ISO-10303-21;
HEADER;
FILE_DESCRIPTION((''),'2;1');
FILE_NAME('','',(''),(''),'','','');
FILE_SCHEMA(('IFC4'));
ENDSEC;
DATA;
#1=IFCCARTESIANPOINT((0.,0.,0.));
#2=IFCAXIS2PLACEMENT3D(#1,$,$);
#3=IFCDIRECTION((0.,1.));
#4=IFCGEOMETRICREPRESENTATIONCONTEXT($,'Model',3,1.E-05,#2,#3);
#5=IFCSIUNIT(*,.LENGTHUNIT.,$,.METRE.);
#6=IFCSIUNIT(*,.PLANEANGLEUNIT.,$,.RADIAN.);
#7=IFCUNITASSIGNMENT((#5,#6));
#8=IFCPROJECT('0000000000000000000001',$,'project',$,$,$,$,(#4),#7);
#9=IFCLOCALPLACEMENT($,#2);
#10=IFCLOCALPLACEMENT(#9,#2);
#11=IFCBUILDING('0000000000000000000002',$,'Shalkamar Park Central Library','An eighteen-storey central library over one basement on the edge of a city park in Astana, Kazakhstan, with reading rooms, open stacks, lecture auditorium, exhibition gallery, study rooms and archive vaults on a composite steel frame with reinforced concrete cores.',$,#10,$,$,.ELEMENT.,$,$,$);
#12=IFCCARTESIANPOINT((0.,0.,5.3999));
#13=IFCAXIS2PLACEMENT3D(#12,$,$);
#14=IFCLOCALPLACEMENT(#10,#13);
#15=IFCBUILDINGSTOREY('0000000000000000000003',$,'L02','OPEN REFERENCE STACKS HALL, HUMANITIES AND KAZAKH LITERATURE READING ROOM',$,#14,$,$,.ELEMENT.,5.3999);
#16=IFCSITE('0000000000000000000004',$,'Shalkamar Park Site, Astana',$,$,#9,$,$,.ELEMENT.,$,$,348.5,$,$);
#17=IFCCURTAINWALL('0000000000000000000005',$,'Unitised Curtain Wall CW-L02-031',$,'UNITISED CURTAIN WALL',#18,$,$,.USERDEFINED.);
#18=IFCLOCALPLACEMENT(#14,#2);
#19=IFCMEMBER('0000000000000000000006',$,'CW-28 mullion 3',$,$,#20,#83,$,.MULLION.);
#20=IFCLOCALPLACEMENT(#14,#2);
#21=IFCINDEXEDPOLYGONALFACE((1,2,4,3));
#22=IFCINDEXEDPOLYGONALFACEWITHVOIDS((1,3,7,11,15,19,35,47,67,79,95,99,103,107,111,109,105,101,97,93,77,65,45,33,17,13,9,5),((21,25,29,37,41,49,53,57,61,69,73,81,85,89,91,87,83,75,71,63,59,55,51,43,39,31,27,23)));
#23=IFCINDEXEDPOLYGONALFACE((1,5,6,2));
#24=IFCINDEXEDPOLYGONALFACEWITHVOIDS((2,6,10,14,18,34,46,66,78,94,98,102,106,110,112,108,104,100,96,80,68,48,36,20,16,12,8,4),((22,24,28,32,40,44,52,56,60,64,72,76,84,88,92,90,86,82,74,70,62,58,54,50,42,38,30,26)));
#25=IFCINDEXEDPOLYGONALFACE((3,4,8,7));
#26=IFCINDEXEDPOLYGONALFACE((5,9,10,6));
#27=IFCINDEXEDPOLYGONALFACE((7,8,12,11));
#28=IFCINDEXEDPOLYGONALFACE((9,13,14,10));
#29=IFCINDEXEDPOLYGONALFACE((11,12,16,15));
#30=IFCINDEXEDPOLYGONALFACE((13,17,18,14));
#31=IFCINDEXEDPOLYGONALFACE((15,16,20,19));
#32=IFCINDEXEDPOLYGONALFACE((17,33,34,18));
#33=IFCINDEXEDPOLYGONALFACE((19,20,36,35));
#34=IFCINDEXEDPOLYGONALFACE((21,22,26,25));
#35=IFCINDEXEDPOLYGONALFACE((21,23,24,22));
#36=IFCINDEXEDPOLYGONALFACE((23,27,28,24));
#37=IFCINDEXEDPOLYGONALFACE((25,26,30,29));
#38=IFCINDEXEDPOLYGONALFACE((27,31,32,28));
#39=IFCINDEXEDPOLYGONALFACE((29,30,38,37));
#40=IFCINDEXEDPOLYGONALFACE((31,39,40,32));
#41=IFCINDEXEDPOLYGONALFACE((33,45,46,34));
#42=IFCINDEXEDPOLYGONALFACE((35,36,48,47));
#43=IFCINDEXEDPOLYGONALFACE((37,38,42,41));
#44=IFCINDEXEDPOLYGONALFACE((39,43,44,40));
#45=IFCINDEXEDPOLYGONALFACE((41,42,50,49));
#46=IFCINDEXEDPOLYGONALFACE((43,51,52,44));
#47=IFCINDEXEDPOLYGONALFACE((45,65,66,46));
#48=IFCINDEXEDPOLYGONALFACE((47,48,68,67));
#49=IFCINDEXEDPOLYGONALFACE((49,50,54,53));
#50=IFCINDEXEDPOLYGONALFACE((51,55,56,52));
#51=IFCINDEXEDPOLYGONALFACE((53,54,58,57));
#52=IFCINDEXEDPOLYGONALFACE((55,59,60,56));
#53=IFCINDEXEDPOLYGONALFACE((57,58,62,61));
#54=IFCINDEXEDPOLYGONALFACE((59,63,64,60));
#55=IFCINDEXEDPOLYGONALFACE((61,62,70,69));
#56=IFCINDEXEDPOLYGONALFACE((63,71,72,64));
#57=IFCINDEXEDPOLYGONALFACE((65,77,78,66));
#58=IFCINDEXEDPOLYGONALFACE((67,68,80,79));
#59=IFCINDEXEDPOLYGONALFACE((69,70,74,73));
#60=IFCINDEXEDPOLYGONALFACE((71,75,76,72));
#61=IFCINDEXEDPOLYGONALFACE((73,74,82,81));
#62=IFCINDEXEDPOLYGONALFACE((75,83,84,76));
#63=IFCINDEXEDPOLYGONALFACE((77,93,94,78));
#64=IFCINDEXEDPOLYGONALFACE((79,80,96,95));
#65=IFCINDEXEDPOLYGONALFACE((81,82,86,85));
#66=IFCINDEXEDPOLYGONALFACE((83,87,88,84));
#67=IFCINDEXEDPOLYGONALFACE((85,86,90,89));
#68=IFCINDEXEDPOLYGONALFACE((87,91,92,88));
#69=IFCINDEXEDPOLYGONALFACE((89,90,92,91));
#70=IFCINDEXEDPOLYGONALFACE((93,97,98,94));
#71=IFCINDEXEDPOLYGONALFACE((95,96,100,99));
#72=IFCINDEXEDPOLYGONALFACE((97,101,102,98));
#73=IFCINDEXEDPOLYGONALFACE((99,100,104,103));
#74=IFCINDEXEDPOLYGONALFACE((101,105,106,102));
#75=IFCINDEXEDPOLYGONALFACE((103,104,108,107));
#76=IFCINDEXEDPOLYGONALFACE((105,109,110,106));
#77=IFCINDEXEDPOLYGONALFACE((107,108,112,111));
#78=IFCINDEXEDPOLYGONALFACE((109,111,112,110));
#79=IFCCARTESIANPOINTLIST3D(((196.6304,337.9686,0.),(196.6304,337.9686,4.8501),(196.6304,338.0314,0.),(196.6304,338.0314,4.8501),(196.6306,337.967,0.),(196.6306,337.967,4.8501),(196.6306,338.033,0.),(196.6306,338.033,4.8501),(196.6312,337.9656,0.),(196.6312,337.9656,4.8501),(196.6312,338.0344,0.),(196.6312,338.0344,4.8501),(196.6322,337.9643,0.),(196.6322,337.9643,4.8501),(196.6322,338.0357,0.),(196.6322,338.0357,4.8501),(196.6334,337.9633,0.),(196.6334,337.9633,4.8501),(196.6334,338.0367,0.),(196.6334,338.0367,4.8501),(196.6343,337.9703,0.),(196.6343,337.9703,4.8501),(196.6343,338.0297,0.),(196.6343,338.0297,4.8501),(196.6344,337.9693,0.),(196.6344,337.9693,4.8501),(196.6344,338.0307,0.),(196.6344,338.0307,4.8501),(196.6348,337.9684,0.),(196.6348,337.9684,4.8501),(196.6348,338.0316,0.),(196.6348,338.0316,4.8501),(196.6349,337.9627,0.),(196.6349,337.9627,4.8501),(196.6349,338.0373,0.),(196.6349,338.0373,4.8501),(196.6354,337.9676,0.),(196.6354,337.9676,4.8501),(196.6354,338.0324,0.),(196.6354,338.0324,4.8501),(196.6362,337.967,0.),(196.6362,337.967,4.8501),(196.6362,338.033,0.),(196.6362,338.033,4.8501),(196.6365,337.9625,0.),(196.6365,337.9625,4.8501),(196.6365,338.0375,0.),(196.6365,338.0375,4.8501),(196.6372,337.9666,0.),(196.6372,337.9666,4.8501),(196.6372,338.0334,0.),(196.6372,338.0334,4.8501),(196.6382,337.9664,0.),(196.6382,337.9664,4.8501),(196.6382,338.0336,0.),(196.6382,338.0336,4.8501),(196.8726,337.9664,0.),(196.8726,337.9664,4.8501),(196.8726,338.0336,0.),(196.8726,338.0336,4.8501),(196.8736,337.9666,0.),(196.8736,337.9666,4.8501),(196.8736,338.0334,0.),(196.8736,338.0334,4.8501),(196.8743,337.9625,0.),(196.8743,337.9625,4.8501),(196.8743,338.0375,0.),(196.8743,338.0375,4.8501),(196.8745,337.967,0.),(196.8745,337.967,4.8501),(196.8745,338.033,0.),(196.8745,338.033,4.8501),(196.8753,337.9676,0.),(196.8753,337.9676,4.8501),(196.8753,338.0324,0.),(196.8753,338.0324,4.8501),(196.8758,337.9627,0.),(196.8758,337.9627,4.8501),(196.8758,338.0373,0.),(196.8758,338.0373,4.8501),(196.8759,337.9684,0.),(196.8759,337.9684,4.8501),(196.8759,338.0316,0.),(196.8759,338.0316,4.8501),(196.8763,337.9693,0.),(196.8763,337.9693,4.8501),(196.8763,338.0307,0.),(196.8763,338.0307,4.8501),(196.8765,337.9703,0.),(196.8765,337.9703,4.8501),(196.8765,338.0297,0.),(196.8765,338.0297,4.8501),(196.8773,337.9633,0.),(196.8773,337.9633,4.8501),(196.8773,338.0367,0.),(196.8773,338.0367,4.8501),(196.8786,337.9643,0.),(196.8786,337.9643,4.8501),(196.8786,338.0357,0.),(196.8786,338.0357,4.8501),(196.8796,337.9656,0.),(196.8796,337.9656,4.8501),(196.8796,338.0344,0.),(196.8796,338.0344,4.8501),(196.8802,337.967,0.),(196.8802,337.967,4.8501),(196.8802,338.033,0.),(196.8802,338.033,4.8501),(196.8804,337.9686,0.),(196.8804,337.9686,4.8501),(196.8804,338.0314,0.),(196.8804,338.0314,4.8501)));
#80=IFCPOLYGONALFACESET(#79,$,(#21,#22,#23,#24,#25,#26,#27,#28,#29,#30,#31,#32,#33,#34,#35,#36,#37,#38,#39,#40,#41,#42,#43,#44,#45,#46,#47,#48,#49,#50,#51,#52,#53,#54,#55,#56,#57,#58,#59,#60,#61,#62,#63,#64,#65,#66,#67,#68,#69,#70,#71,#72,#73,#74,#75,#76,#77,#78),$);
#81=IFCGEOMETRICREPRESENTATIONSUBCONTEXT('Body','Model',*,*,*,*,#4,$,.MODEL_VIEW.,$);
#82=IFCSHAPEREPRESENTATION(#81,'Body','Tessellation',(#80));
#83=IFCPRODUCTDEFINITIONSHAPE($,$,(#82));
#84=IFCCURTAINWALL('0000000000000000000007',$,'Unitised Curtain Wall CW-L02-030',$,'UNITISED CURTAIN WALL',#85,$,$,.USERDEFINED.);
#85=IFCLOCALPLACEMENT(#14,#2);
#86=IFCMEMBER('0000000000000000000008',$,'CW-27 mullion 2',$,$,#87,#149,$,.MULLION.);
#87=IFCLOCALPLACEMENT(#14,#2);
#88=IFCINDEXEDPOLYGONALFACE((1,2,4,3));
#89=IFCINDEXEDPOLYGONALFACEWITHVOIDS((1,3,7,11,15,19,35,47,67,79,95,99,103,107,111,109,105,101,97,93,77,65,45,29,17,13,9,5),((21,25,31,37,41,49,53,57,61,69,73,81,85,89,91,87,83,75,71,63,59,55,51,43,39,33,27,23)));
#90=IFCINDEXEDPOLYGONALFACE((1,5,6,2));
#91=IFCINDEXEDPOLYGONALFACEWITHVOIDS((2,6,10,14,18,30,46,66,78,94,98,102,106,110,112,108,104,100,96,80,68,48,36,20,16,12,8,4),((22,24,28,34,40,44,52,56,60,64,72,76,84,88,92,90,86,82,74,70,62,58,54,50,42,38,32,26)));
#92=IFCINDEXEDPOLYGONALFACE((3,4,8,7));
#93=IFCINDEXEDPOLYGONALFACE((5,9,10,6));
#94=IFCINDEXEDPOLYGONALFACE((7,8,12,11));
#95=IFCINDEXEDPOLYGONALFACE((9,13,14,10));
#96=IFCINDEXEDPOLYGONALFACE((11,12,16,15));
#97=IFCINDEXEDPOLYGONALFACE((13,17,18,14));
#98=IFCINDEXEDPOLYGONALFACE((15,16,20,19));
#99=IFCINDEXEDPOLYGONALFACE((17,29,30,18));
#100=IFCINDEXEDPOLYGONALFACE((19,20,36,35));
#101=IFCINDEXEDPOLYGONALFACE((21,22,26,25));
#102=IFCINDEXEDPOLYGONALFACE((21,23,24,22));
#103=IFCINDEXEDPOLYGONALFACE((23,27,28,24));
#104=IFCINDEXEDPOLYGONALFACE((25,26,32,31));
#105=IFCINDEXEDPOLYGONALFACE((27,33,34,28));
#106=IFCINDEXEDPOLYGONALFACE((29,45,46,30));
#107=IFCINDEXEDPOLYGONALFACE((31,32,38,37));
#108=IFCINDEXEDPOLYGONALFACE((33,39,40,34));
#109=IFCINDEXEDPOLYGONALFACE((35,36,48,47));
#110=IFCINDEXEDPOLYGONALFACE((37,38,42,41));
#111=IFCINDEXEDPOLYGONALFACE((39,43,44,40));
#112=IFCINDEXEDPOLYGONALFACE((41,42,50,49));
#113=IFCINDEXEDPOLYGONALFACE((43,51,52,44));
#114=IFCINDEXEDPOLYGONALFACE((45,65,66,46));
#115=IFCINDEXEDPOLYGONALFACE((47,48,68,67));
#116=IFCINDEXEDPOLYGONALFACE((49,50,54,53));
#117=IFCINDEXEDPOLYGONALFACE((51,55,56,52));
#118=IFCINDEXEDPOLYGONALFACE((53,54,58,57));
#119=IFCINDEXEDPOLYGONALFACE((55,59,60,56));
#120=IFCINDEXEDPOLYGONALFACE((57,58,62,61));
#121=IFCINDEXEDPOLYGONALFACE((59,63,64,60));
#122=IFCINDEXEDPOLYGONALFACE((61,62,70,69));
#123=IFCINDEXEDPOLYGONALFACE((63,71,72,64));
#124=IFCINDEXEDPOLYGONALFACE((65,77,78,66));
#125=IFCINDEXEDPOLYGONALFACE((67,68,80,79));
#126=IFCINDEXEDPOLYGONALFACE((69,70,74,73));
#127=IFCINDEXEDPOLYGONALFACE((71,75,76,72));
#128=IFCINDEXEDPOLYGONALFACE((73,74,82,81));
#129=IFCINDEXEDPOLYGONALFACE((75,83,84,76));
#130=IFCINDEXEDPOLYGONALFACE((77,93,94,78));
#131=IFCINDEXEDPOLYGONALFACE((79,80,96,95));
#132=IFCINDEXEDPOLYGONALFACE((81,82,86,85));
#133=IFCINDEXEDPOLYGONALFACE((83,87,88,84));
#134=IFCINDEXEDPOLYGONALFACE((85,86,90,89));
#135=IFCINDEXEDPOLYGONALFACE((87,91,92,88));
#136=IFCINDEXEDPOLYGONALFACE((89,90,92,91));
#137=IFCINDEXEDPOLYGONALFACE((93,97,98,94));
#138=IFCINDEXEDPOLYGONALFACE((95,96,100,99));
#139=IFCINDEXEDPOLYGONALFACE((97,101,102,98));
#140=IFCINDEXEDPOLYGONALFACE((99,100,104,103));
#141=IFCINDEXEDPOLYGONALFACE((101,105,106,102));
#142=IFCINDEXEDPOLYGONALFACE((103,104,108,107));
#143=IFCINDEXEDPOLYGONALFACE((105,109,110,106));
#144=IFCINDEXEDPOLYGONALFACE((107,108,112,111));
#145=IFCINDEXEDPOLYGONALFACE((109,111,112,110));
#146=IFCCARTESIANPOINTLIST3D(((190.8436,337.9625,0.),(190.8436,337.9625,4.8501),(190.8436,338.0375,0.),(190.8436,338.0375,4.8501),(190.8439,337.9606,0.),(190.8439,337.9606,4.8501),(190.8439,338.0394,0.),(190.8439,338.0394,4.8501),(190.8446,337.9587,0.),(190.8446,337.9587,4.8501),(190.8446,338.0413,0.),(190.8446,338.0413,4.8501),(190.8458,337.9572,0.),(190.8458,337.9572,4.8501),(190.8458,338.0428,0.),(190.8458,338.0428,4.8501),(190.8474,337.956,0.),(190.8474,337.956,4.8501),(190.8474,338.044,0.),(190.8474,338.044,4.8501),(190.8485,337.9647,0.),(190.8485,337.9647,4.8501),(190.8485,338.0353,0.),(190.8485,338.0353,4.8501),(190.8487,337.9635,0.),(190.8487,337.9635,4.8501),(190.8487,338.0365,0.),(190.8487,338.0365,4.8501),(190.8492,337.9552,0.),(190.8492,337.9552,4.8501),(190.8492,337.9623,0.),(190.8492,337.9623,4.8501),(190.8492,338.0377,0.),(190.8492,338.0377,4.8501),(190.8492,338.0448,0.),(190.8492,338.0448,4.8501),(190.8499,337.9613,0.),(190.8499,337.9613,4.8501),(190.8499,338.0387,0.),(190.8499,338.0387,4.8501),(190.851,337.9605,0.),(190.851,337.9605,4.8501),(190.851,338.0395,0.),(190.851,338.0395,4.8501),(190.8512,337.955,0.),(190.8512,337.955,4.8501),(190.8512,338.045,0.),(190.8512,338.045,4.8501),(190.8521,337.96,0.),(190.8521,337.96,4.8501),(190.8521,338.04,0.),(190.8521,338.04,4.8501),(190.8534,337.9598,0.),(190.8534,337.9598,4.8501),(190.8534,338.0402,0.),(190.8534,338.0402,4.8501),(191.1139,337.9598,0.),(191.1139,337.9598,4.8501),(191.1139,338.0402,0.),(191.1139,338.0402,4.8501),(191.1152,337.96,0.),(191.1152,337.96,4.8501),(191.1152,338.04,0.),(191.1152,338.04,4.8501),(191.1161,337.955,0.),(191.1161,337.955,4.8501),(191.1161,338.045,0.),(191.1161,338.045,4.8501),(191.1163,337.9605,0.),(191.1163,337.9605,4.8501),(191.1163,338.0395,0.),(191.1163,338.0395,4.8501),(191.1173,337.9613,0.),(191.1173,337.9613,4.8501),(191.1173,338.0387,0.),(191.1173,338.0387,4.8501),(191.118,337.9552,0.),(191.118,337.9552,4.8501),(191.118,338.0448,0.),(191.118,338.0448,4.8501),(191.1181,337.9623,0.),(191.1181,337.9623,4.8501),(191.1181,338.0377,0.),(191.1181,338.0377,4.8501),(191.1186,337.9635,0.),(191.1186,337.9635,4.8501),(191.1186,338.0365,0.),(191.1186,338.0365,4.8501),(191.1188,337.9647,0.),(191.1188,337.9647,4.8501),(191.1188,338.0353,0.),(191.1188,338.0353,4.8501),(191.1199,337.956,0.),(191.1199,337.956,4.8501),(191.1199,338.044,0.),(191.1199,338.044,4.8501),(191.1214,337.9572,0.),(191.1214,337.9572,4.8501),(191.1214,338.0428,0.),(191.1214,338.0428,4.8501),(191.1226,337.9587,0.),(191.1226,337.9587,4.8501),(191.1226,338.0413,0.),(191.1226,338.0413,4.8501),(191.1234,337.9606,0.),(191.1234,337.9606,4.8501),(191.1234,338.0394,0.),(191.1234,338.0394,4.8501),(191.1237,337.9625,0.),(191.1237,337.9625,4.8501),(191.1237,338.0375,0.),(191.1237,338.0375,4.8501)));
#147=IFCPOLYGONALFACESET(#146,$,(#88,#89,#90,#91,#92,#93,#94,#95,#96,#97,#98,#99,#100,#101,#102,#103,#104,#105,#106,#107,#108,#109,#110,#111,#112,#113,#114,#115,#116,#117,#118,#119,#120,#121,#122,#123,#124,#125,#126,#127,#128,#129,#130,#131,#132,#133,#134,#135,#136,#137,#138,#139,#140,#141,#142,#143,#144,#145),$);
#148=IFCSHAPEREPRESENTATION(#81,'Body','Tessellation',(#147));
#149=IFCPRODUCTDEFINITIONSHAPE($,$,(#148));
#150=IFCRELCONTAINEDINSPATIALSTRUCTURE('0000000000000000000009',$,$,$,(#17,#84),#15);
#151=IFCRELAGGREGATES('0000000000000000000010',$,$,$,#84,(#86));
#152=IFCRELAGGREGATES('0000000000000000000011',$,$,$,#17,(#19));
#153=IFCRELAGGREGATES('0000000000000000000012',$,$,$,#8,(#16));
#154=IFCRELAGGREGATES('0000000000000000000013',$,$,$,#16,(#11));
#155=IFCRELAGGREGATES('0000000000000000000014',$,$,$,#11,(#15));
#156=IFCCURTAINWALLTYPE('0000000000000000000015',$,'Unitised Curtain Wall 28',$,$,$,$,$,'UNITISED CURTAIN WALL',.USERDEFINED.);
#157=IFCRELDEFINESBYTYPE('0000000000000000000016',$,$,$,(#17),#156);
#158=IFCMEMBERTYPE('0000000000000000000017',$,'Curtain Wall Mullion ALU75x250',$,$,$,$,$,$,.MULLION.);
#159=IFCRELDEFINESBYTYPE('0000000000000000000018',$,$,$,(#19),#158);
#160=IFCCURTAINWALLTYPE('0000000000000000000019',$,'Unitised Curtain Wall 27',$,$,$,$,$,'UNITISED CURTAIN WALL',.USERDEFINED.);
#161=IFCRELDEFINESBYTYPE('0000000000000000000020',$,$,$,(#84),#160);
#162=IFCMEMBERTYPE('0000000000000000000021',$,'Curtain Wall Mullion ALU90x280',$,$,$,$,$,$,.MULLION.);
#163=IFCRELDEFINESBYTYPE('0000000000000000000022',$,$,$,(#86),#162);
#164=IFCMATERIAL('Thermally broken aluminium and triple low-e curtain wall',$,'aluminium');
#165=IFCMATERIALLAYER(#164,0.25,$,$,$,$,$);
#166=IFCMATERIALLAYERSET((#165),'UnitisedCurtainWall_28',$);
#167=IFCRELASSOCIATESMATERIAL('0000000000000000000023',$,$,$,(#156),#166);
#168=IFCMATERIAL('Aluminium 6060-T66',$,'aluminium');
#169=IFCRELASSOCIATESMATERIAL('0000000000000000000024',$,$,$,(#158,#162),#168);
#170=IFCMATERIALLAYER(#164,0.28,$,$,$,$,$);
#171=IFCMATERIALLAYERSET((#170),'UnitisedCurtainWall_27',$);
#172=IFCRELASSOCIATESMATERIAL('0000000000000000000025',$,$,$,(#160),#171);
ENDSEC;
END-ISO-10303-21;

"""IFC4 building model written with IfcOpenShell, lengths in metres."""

from ifc_helpers import new_model, si_unit, direction, frame, origin, origin_2d, place, context, subcontext, project, spatial, hollow_rectangle, extrude, material, layer, layer_set, material_profile, profile_set, type_object, element, aggregate, save


model = new_model("IFC4")

# Units and contexts
model_context = context("Model", 3, precision=1e-05, world=origin(), true_north=direction((0.0, 1.0)))
body_context = subcontext(model_context, "Body", "Model", "MODEL_VIEW")
ifc_project = project(units=[si_unit("LENGTHUNIT", "METRE"), si_unit("PLANEANGLEUNIT", "RADIAN")], contexts=[model_context])

# Site, building, storey
site_placement = place(None, origin())
site = spatial("IfcSite", under=ifc_project, at=site_placement, Name="Shalkamar Park Site, Astana", CompositionType="ELEMENT", RefElevation=348.5)
building_placement = place(site_placement, origin())
building = spatial("IfcBuilding", under=site, at=building_placement, Name="Shalkamar Park Central Library", Description="An eighteen-storey central library over one basement on the edge of a city park in Astana, Kazakhstan, with reading rooms, open stacks, lecture auditorium, exhibition gallery, study rooms and archive vaults on a composite steel frame with reinforced concrete cores.", CompositionType="ELEMENT")
storey_placement = place(building_placement, frame((0.0, 0.0, 5.3999)))
storey = spatial("IfcBuildingStorey", under=building, at=storey_placement, Name="L02", Description="OPEN REFERENCE STACKS HALL, HUMANITIES AND KAZAKH LITERATURE READING ROOM", CompositionType="ELEMENT", Elevation=5.3999)

# Curtain walls, members
ifc_material_1 = material(Name="Thermally broken aluminium and triple low-e curtain wall", Category="aluminium")
ifc_layer_1 = layer(ifc_material_1, 0.25)
ifc_layer_set_1 = layer_set([ifc_layer_1], Name="UnitisedCurtainWall_28")
curtain_wall_type_1 = type_object("IfcCurtainWallType", Name="Unitised Curtain Wall 28", ElementType="UNITISED CURTAIN WALL", PredefinedType="USERDEFINED", material=ifc_layer_set_1)
curtain_wall_1_placement = place(storey_placement, origin())
curtain_wall_1 = element("IfcCurtainWall", 1, at=curtain_wall_1_placement, inside=storey, type_object=curtain_wall_type_1, Name="Unitised Curtain Wall CW-L02-031", ObjectType="UNITISED CURTAIN WALL", PredefinedType="USERDEFINED")
ifc_material_2 = material(Name="Aluminium 6060-T66", Category="aluminium")
ifc_material_profile_1 = material_profile(ifc_material_2, hollow_rectangle(XDim=0.075, YDim=0.25, WallThickness=0.0039, InnerFilletRadius=0.0039, OuterFilletRadius=0.0061, at=origin_2d()), Name="ALU 75x250x4")
ifc_profile_set_1 = profile_set([ifc_material_profile_1], Name="Aluminium 6060-T66")
member_type_1 = type_object("IfcMemberType", Name="Curtain Wall Mullion ALU75x250", PredefinedType="MULLION", material=ifc_profile_set_1)
member_1_placement = place(storey_placement, frame((196.7554, 338.0, 0.0), z_axis=(0.0, 0.0, 1.0), x_axis=(0.0, 1.0, 0.0)))
member_1 = element("IfcMember", 2, at=member_1_placement, type_object=member_type_1, Name="CW-28 mullion 3", PredefinedType="MULLION", context=body_context, shape_type="SweptSolid", body=[
    extrude(hollow_rectangle(XDim=0.075, YDim=0.25, WallThickness=0.0039, InnerFilletRadius=0.0039, OuterFilletRadius=0.0061, at=origin_2d()), origin(), (0.0, 0.0, 1.0), 4.8501),
])
ifc_layer_2 = layer(ifc_material_1, 0.28)
ifc_layer_set_2 = layer_set([ifc_layer_2], Name="UnitisedCurtainWall_27")
curtain_wall_type_2 = type_object("IfcCurtainWallType", Name="Unitised Curtain Wall 27", ElementType="UNITISED CURTAIN WALL", PredefinedType="USERDEFINED", material=ifc_layer_set_2)
curtain_wall_2_placement = place(storey_placement, origin())
curtain_wall_2 = element("IfcCurtainWall", 3, at=curtain_wall_2_placement, inside=storey, type_object=curtain_wall_type_2, Name="Unitised Curtain Wall CW-L02-030", ObjectType="UNITISED CURTAIN WALL", PredefinedType="USERDEFINED")
ifc_material_profile_2 = material_profile(ifc_material_2, hollow_rectangle(XDim=0.0901, YDim=0.28, WallThickness=0.0049, InnerFilletRadius=0.0049, OuterFilletRadius=0.0076, at=origin_2d()), Name="ALU 90x280x5")
ifc_profile_set_2 = profile_set([ifc_material_profile_2], Name="Aluminium 6060-T66")
member_type_2 = type_object("IfcMemberType", Name="Curtain Wall Mullion ALU90x280", PredefinedType="MULLION", material=ifc_profile_set_2)
member_2_placement = place(storey_placement, frame((190.9836, 338.0, 0.0), z_axis=(0.0, 0.0, 1.0), x_axis=(0.0, 1.0, 0.0)))
member_2 = element("IfcMember", 4, at=member_2_placement, type_object=member_type_2, Name="CW-27 mullion 2", PredefinedType="MULLION", context=body_context, shape_type="SweptSolid", body=[
    extrude(hollow_rectangle(XDim=0.0901, YDim=0.28, WallThickness=0.0049, InnerFilletRadius=0.0049, OuterFilletRadius=0.0076, at=origin_2d()), origin(), (0.0, 0.0, 1.0), 4.8501),
])

aggregate(curtain_wall_2, [member_2])
aggregate(curtain_wall_1, [member_1])

save(model, "model.ifc")
